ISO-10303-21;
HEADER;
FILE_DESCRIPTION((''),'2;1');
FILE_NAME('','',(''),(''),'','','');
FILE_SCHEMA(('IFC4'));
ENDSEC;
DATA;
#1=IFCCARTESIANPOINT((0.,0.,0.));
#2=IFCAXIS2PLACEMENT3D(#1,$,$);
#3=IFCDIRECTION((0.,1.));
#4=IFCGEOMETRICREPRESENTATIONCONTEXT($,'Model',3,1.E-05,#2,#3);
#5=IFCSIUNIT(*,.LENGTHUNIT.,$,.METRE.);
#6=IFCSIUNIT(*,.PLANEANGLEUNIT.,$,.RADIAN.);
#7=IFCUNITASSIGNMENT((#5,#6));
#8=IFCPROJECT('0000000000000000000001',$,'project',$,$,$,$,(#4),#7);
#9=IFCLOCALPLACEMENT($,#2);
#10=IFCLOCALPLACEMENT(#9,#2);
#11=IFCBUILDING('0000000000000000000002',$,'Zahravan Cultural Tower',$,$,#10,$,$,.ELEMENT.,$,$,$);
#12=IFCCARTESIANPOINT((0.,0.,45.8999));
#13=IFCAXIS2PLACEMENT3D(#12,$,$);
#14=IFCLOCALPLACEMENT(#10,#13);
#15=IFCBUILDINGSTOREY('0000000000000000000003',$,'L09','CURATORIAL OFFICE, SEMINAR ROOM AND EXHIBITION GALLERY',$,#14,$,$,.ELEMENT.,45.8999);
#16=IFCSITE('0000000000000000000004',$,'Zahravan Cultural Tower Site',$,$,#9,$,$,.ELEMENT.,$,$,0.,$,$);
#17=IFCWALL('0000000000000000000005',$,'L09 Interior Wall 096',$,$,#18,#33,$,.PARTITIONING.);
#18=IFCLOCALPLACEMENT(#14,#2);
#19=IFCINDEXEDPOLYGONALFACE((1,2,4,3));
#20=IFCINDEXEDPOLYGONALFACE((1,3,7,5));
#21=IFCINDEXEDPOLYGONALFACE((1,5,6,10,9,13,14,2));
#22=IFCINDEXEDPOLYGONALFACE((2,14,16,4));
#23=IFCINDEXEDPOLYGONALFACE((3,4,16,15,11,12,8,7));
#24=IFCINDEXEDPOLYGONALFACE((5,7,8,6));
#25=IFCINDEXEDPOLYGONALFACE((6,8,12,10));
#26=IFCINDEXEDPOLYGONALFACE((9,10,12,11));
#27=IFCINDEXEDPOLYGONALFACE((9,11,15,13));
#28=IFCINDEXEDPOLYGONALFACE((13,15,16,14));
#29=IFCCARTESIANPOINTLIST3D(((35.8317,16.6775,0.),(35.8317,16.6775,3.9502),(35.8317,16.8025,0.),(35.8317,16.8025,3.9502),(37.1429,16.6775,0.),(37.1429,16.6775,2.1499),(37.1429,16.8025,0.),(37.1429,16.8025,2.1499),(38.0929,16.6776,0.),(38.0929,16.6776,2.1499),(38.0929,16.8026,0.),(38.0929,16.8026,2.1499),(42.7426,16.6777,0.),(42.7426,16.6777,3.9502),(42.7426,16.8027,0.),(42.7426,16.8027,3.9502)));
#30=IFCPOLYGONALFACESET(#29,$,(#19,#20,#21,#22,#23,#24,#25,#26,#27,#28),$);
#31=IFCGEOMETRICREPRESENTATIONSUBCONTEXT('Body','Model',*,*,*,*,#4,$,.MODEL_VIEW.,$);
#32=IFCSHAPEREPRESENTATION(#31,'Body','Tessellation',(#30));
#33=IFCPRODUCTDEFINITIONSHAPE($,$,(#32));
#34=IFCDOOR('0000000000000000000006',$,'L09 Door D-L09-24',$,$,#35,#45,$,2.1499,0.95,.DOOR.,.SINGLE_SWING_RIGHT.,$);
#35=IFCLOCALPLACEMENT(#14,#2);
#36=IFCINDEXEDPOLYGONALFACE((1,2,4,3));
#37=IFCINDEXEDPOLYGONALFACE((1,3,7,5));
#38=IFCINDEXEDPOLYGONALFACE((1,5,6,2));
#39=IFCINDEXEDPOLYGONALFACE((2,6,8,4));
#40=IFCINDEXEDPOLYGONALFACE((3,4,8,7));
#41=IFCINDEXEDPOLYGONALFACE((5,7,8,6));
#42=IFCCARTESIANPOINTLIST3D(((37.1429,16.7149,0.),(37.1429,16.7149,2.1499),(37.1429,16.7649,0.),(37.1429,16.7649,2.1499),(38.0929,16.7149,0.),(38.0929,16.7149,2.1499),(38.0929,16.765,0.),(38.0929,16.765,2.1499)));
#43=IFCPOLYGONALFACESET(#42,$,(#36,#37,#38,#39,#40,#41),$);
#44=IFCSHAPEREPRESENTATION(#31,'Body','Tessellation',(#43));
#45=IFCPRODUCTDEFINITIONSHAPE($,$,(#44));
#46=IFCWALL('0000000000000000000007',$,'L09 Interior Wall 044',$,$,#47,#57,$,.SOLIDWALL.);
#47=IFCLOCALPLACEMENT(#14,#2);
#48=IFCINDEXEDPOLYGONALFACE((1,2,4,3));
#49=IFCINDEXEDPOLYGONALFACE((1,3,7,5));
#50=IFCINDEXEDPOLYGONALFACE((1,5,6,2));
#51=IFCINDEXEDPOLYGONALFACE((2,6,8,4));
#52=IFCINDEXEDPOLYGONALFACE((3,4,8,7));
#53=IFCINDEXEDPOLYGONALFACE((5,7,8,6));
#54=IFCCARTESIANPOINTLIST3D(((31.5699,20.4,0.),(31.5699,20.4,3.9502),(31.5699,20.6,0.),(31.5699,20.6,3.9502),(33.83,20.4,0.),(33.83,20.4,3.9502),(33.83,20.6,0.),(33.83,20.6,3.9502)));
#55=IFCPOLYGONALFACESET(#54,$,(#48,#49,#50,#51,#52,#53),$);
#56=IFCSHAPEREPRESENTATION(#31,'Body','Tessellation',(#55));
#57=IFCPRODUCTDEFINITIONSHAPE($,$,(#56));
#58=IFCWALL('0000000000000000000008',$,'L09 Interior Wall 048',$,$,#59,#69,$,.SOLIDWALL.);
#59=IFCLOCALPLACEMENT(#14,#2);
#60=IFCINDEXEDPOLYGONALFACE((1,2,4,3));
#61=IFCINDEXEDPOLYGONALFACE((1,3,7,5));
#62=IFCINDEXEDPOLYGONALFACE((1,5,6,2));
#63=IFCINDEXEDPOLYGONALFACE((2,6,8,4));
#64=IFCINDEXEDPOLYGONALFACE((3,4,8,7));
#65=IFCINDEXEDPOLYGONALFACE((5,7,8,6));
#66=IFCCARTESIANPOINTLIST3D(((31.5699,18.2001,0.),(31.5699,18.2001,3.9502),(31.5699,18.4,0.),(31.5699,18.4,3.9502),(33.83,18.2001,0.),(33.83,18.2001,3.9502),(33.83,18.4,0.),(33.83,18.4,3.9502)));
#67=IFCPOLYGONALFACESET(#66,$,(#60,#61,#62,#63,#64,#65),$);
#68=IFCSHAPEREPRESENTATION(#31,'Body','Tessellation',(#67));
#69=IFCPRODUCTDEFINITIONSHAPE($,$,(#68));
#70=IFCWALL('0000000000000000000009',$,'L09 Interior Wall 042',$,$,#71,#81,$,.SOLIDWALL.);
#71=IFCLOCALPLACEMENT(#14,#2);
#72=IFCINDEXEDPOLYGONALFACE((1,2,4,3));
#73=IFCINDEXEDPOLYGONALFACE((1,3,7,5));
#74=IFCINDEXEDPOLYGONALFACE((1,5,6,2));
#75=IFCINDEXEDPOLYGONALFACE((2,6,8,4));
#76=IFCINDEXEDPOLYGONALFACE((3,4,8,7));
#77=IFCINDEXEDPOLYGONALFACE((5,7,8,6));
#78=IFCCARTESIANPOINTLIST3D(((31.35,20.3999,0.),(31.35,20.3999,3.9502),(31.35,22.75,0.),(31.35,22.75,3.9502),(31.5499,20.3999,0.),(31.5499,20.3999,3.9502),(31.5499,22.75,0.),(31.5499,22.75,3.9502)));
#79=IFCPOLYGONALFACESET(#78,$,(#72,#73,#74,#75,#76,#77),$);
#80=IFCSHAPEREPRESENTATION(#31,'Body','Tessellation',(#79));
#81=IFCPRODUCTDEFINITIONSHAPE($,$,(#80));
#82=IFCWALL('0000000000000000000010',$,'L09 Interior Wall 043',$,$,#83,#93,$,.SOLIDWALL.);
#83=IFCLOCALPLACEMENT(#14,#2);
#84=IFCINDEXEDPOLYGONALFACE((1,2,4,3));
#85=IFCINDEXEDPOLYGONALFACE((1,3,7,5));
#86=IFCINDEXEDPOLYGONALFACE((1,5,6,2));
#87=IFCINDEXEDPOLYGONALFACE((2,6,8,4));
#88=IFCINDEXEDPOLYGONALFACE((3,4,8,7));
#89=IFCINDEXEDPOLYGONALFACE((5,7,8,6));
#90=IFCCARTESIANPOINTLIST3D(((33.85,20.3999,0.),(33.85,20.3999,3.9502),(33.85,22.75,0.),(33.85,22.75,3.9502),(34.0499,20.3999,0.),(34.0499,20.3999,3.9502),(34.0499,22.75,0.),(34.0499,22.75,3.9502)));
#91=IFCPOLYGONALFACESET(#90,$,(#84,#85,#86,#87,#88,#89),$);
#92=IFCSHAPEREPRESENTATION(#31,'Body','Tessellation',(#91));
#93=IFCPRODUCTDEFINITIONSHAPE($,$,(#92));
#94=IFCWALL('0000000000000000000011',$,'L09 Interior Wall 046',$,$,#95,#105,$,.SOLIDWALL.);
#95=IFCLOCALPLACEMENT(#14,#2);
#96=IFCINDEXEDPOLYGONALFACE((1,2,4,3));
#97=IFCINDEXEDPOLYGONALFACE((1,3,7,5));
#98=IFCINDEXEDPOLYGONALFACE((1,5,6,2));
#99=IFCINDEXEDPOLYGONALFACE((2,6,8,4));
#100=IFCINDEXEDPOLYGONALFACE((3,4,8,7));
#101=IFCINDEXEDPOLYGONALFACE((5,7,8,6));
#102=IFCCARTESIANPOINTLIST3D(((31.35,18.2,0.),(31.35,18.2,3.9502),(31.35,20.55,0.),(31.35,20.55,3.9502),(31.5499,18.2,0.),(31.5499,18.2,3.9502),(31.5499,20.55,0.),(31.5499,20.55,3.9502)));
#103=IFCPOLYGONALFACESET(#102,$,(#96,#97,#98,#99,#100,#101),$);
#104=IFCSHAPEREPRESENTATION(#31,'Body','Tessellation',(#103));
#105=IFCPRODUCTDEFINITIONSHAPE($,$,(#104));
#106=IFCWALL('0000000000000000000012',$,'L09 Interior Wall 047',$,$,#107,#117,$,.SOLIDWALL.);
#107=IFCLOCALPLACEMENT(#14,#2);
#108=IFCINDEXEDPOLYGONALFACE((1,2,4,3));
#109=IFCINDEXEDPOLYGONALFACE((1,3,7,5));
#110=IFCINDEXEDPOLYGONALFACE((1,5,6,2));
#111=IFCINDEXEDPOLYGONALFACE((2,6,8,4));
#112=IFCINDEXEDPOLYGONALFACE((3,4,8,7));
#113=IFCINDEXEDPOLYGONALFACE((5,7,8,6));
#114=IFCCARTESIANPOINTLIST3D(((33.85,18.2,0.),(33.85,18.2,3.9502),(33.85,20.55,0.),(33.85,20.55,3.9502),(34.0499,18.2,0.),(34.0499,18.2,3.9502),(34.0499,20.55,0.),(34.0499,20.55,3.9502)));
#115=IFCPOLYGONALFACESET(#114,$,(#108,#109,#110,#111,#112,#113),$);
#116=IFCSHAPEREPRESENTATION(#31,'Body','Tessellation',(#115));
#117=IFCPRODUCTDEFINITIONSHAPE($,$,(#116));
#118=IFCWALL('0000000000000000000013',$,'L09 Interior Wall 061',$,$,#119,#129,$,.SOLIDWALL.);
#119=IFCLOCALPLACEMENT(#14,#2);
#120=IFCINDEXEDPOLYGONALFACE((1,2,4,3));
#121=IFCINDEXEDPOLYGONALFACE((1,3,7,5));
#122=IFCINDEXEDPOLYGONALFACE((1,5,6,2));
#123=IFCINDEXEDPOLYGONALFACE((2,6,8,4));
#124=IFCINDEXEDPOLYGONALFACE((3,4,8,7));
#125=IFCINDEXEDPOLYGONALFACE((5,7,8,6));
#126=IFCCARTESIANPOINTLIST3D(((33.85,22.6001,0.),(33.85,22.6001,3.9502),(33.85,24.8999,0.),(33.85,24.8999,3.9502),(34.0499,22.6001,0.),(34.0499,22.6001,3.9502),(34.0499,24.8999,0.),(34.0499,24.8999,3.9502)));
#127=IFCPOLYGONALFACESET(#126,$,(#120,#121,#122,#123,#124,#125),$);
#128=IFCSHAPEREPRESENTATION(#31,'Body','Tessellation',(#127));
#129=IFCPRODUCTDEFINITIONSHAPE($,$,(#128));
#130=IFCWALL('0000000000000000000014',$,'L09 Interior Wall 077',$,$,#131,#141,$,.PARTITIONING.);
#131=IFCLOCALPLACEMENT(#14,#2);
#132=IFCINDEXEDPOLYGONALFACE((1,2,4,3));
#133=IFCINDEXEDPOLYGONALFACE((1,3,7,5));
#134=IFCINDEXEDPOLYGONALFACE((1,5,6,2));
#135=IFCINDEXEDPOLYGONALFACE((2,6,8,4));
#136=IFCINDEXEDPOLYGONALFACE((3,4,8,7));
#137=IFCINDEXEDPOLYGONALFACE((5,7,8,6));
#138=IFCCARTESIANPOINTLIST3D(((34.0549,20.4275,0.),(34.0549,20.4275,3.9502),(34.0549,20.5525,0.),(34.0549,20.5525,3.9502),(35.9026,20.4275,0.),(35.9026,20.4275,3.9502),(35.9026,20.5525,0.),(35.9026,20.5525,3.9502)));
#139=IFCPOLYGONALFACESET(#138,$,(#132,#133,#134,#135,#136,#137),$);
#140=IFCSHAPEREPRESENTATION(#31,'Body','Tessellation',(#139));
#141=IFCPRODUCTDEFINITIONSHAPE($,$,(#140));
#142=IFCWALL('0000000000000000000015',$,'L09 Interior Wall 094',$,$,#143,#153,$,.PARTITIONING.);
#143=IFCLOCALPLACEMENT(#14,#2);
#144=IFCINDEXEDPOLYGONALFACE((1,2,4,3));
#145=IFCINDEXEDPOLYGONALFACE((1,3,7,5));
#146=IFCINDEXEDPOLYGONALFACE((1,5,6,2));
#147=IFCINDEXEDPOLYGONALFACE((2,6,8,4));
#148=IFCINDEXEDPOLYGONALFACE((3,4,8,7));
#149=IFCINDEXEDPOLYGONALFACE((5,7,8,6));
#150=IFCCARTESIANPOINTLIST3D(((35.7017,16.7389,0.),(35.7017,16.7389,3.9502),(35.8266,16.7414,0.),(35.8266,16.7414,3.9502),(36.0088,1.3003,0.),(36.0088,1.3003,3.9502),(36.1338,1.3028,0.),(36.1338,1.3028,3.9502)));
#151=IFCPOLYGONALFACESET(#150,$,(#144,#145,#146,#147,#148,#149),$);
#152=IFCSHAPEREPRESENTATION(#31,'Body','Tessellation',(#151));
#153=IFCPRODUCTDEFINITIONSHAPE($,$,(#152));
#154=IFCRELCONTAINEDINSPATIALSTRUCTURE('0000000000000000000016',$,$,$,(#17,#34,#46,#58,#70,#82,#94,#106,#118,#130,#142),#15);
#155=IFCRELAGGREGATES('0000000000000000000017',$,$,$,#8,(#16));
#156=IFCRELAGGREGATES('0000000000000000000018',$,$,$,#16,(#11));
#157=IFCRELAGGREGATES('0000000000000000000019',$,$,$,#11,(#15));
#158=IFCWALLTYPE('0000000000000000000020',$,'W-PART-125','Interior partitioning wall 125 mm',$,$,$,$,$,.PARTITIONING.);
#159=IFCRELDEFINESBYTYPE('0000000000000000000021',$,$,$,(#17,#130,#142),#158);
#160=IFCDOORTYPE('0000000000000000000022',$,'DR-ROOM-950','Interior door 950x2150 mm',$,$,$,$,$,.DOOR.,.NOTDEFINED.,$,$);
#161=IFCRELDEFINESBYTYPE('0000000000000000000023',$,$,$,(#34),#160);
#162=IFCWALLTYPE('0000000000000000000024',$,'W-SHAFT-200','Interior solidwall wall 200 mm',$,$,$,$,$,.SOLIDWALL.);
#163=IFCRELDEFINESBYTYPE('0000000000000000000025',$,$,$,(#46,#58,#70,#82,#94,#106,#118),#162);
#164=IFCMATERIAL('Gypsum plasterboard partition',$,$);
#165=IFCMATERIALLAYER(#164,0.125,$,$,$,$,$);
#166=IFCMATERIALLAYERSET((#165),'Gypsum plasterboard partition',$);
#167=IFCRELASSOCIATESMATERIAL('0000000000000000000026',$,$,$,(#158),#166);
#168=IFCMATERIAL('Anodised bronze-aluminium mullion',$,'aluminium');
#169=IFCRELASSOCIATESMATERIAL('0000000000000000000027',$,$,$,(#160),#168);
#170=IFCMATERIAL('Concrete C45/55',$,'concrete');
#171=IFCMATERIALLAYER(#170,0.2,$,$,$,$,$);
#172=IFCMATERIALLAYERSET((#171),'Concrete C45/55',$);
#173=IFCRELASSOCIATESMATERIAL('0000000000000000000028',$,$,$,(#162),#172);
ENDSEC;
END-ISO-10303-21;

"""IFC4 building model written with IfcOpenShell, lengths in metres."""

from ifc_helpers import new_model, si_unit, direction, frame, frame_2d, origin, place, context, subcontext, project, spatial, rectangle, extrude, source, transform, mapped, material, layer, layer_set, type_object, element, fill, save


model = new_model("IFC4")

# Units and contexts
model_context = context("Model", 3, precision=1e-05, world=origin(), true_north=direction((0.0, 1.0)))
body_context = subcontext(model_context, "Body", "Model", "MODEL_VIEW")
ifc_project = project(units=[si_unit("LENGTHUNIT", "METRE"), si_unit("PLANEANGLEUNIT", "RADIAN")], contexts=[model_context])

# Site, building, storey
site_placement = place(None, origin())
site = spatial("IfcSite", under=ifc_project, at=site_placement, Name="Zahravan Cultural Tower Site", CompositionType="ELEMENT", RefElevation=0.0)
building_placement = place(site_placement, origin())
building = spatial("IfcBuilding", under=site, at=building_placement, Name="Zahravan Cultural Tower", CompositionType="ELEMENT")
storey_placement = place(building_placement, frame((0.0, 0.0, 45.8999)))
storey = spatial("IfcBuildingStorey", under=building, at=storey_placement, Name="L09", Description="CURATORIAL OFFICE, SEMINAR ROOM AND EXHIBITION GALLERY", CompositionType="ELEMENT", Elevation=45.8999)

# Shared definitions
ifc_material_1 = material(Name="Anodised bronze-aluminium mullion", Category="aluminium")

# Wall, opening, door
ifc_material_2 = material(Name="Gypsum plasterboard partition")
ifc_layer_1 = layer(ifc_material_2, 0.125)
ifc_layer_set_1 = layer_set([ifc_layer_1], Name="Gypsum plasterboard partition")
wall_type_1 = type_object("IfcWallType", Name="W-PART-125", Description="Interior partitioning wall 125 mm", PredefinedType="PARTITIONING", material=ifc_layer_set_1)
wall_1_placement = place(storey_placement, frame((35.8315, 16.74, 0.0), z_axis=(0.0, 0.0, 1.0), x_axis=(1.0, 0.000035, 0.0)))
wall_1 = element("IfcWall", 1, at=wall_1_placement, inside=storey, type_object=wall_type_1, Name="L09 Interior Wall 096", PredefinedType="PARTITIONING", context=body_context, shape_type="SweptSolid", body=[
    extrude(rectangle(XDim=6.9109, YDim=0.125, at=frame_2d((3.4556, 0.0))), origin(), (0.0, 0.0, 1.0), 3.9502),
])
opening_1_placement = place(wall_1_placement, frame((1.3113, 0.0, 0.0)))
opening_1 = element("IfcOpeningElement", 2, at=opening_1_placement, cuts=wall_1, PredefinedType="OPENING", context=body_context, shape_type="SweptSolid", body=[
    extrude(rectangle(XDim=0.95, YDim=2.1499, at=frame_2d((0.4751, 1.075))), frame((0.0, 0.0725, 0.0), z_axis=(0.0, -1.0, 0.0), x_axis=(1.0, 0.0, 0.0)), (0.0, 0.0, 1.0), 0.145),
])
door_type_1 = type_object("IfcDoorType", Name="DR-ROOM-950", Description="Interior door 950x2150 mm", OperationType="NOTDEFINED", PredefinedType="DOOR", material=ifc_material_1)
shared_shape_1 = source(origin(), body_context, "Body", "SweptSolid", [
    extrude(rectangle(XDim=0.95, YDim=2.1499, at=frame_2d((0.4751, 1.075))), frame((0.0, 0.0249, 0.0), z_axis=(0.0, -1.0, 0.0), x_axis=(1.0, 0.0, 0.0)), (0.0, 0.0, 1.0), 0.05),
])
door_1_placement = place(opening_1_placement, origin())
door_1 = element("IfcDoor", 3, at=door_1_placement, inside=storey, type_object=door_type_1, Name="L09 Door D-L09-24", OperationType="SINGLE_SWING_RIGHT", OverallHeight=2.1499, OverallWidth=0.95, PredefinedType="DOOR", context=body_context, shape_type="MappedRepresentation", body=[
    mapped(shared_shape_1, transform((0.0, 0.0, 0.0), x_axis=(1.0, 0.0, 0.0), y_axis=(0.0, 1.0, 0.0), z_axis=(0.0, 0.0, 1.0), scale=1.0)),
])
fill(opening_1, door_1)
ifc_material_3 = material(Name="Concrete C45/55", Category="concrete")
ifc_layer_2 = layer(ifc_material_3, 0.2)
ifc_layer_set_2 = layer_set([ifc_layer_2], Name="Concrete C45/55")
wall_type_2 = type_object("IfcWallType", Name="W-SHAFT-200", Description="Interior solidwall wall 200 mm", PredefinedType="SOLIDWALL", material=ifc_layer_set_2)

# Walls
shared_shape_2 = source(origin(), body_context, "Body", "SweptSolid", [
    extrude(rectangle(XDim=2.26, YDim=0.2, at=frame_2d((1.1299, 0.0))), origin(), (0.0, 0.0, 1.0), 3.9502),
])
for number, where, z_axis, x_axis, name in (
    (4, (31.5701, 20.5, 0.0), (0.0, 0.0, 1.0), (1.0, 0.0, 0.0), "L09 Interior Wall 044"),
    (5, (31.5701, 18.3, 0.0), (0.0, 0.0, 1.0), (1.0, 0.0, 0.0), "L09 Interior Wall 048"),
):
    element("IfcWall", number, at=place(storey_placement, frame(where, z_axis=z_axis, x_axis=x_axis)), inside=storey, type_object=wall_type_2, Name=name, PredefinedType="SOLIDWALL", context=body_context, shape_type="MappedRepresentation", body=[
        mapped(shared_shape_2, transform((0.0, 0.0, 0.0), x_axis=(1.0, 0.0, 0.0), y_axis=(0.0, 1.0, 0.0), z_axis=(0.0, 0.0, 1.0), scale=1.0)),
    ])
shared_shape_3 = source(origin(), body_context, "Body", "SweptSolid", [
    extrude(rectangle(XDim=2.3501, YDim=0.2, at=frame_2d((1.175, 0.0))), origin(), (0.0, 0.0, 1.0), 3.9502),
])
for number, where, z_axis, x_axis, name in (
    (6, (31.45, 20.3999, 0.0), (0.0, 0.0, 1.0), (0.0, 1.0, 0.0), "L09 Interior Wall 042"),
    (7, (33.95, 20.3999, 0.0), (0.0, 0.0, 1.0), (0.0, 1.0, 0.0), "L09 Interior Wall 043"),
    (8, (31.45, 18.2, 0.0), (0.0, 0.0, 1.0), (0.0, 1.0, 0.0), "L09 Interior Wall 046"),
    (9, (33.95, 18.2, 0.0), (0.0, 0.0, 1.0), (0.0, 1.0, 0.0), "L09 Interior Wall 047"),
):
    element("IfcWall", number, at=place(storey_placement, frame(where, z_axis=z_axis, x_axis=x_axis)), inside=storey, type_object=wall_type_2, Name=name, PredefinedType="SOLIDWALL", context=body_context, shape_type="MappedRepresentation", body=[
        mapped(shared_shape_3, transform((0.0, 0.0, 0.0), x_axis=(1.0, 0.0, 0.0), y_axis=(0.0, 1.0, 0.0), z_axis=(0.0, 0.0, 1.0), scale=1.0)),
    ])
shared_shape_4 = source(origin(), body_context, "Body", "SweptSolid", [
    extrude(rectangle(XDim=2.2998, YDim=0.2, at=frame_2d((1.1499, 0.0))), origin(), (0.0, 0.0, 1.0), 3.9502),
])
wall_2_placement = place(storey_placement, frame((33.95, 22.6001, 0.0), z_axis=(0.0, 0.0, 1.0), x_axis=(0.0, 1.0, 0.0)))
element("IfcWall", 10, at=wall_2_placement, inside=storey, type_object=wall_type_2, Name="L09 Interior Wall 061", PredefinedType="SOLIDWALL", context=body_context, shape_type="MappedRepresentation", body=[
    mapped(shared_shape_4, transform((0.0, 0.0, 0.0), x_axis=(1.0, 0.0, 0.0), y_axis=(0.0, 1.0, 0.0), z_axis=(0.0, 0.0, 1.0), scale=1.0)),
])
shared_shape_5 = source(origin(), body_context, "Body", "SweptSolid", [
    extrude(rectangle(XDim=1.8477, YDim=0.125, at=frame_2d((0.9238, 0.0))), origin(), (0.0, 0.0, 1.0), 3.9502),
])
wall_3_placement = place(storey_placement, frame((35.9026, 20.49, 0.0), z_axis=(0.0, 0.0, 1.0), x_axis=(-1.0, 0.0, 0.0)))
element("IfcWall", 11, at=wall_3_placement, inside=storey, type_object=wall_type_1, Name="L09 Interior Wall 077", PredefinedType="PARTITIONING", context=body_context, shape_type="MappedRepresentation", body=[
    mapped(shared_shape_5, transform((0.0, 0.0, 0.0), x_axis=(1.0, 0.0, 0.0), y_axis=(0.0, 1.0, 0.0), z_axis=(0.0, 0.0, 1.0), scale=1.0)),
])
shared_shape_6 = source(origin(), body_context, "Body", "SweptSolid", [
    extrude(rectangle(XDim=15.4417, YDim=0.125, at=frame_2d((7.7207, 0.0))), origin(), (0.0, 0.0, 1.0), 3.9502),
])
wall_4_placement = place(storey_placement, frame((35.7642, 16.74, 0.0), z_axis=(0.0, 0.0, 1.0), x_axis=(0.01989, -0.999802, 0.0)))
element("IfcWall", 12, at=wall_4_placement, inside=storey, type_object=wall_type_1, Name="L09 Interior Wall 094", PredefinedType="PARTITIONING", context=body_context, shape_type="MappedRepresentation", body=[
    mapped(shared_shape_6, transform((0.0, 0.0, 0.0), x_axis=(1.0, 0.0, 0.0), y_axis=(0.0, 1.0, 0.0), z_axis=(0.0, 0.0, 1.0), scale=1.0)),
])

save(model, "model.ifc")
